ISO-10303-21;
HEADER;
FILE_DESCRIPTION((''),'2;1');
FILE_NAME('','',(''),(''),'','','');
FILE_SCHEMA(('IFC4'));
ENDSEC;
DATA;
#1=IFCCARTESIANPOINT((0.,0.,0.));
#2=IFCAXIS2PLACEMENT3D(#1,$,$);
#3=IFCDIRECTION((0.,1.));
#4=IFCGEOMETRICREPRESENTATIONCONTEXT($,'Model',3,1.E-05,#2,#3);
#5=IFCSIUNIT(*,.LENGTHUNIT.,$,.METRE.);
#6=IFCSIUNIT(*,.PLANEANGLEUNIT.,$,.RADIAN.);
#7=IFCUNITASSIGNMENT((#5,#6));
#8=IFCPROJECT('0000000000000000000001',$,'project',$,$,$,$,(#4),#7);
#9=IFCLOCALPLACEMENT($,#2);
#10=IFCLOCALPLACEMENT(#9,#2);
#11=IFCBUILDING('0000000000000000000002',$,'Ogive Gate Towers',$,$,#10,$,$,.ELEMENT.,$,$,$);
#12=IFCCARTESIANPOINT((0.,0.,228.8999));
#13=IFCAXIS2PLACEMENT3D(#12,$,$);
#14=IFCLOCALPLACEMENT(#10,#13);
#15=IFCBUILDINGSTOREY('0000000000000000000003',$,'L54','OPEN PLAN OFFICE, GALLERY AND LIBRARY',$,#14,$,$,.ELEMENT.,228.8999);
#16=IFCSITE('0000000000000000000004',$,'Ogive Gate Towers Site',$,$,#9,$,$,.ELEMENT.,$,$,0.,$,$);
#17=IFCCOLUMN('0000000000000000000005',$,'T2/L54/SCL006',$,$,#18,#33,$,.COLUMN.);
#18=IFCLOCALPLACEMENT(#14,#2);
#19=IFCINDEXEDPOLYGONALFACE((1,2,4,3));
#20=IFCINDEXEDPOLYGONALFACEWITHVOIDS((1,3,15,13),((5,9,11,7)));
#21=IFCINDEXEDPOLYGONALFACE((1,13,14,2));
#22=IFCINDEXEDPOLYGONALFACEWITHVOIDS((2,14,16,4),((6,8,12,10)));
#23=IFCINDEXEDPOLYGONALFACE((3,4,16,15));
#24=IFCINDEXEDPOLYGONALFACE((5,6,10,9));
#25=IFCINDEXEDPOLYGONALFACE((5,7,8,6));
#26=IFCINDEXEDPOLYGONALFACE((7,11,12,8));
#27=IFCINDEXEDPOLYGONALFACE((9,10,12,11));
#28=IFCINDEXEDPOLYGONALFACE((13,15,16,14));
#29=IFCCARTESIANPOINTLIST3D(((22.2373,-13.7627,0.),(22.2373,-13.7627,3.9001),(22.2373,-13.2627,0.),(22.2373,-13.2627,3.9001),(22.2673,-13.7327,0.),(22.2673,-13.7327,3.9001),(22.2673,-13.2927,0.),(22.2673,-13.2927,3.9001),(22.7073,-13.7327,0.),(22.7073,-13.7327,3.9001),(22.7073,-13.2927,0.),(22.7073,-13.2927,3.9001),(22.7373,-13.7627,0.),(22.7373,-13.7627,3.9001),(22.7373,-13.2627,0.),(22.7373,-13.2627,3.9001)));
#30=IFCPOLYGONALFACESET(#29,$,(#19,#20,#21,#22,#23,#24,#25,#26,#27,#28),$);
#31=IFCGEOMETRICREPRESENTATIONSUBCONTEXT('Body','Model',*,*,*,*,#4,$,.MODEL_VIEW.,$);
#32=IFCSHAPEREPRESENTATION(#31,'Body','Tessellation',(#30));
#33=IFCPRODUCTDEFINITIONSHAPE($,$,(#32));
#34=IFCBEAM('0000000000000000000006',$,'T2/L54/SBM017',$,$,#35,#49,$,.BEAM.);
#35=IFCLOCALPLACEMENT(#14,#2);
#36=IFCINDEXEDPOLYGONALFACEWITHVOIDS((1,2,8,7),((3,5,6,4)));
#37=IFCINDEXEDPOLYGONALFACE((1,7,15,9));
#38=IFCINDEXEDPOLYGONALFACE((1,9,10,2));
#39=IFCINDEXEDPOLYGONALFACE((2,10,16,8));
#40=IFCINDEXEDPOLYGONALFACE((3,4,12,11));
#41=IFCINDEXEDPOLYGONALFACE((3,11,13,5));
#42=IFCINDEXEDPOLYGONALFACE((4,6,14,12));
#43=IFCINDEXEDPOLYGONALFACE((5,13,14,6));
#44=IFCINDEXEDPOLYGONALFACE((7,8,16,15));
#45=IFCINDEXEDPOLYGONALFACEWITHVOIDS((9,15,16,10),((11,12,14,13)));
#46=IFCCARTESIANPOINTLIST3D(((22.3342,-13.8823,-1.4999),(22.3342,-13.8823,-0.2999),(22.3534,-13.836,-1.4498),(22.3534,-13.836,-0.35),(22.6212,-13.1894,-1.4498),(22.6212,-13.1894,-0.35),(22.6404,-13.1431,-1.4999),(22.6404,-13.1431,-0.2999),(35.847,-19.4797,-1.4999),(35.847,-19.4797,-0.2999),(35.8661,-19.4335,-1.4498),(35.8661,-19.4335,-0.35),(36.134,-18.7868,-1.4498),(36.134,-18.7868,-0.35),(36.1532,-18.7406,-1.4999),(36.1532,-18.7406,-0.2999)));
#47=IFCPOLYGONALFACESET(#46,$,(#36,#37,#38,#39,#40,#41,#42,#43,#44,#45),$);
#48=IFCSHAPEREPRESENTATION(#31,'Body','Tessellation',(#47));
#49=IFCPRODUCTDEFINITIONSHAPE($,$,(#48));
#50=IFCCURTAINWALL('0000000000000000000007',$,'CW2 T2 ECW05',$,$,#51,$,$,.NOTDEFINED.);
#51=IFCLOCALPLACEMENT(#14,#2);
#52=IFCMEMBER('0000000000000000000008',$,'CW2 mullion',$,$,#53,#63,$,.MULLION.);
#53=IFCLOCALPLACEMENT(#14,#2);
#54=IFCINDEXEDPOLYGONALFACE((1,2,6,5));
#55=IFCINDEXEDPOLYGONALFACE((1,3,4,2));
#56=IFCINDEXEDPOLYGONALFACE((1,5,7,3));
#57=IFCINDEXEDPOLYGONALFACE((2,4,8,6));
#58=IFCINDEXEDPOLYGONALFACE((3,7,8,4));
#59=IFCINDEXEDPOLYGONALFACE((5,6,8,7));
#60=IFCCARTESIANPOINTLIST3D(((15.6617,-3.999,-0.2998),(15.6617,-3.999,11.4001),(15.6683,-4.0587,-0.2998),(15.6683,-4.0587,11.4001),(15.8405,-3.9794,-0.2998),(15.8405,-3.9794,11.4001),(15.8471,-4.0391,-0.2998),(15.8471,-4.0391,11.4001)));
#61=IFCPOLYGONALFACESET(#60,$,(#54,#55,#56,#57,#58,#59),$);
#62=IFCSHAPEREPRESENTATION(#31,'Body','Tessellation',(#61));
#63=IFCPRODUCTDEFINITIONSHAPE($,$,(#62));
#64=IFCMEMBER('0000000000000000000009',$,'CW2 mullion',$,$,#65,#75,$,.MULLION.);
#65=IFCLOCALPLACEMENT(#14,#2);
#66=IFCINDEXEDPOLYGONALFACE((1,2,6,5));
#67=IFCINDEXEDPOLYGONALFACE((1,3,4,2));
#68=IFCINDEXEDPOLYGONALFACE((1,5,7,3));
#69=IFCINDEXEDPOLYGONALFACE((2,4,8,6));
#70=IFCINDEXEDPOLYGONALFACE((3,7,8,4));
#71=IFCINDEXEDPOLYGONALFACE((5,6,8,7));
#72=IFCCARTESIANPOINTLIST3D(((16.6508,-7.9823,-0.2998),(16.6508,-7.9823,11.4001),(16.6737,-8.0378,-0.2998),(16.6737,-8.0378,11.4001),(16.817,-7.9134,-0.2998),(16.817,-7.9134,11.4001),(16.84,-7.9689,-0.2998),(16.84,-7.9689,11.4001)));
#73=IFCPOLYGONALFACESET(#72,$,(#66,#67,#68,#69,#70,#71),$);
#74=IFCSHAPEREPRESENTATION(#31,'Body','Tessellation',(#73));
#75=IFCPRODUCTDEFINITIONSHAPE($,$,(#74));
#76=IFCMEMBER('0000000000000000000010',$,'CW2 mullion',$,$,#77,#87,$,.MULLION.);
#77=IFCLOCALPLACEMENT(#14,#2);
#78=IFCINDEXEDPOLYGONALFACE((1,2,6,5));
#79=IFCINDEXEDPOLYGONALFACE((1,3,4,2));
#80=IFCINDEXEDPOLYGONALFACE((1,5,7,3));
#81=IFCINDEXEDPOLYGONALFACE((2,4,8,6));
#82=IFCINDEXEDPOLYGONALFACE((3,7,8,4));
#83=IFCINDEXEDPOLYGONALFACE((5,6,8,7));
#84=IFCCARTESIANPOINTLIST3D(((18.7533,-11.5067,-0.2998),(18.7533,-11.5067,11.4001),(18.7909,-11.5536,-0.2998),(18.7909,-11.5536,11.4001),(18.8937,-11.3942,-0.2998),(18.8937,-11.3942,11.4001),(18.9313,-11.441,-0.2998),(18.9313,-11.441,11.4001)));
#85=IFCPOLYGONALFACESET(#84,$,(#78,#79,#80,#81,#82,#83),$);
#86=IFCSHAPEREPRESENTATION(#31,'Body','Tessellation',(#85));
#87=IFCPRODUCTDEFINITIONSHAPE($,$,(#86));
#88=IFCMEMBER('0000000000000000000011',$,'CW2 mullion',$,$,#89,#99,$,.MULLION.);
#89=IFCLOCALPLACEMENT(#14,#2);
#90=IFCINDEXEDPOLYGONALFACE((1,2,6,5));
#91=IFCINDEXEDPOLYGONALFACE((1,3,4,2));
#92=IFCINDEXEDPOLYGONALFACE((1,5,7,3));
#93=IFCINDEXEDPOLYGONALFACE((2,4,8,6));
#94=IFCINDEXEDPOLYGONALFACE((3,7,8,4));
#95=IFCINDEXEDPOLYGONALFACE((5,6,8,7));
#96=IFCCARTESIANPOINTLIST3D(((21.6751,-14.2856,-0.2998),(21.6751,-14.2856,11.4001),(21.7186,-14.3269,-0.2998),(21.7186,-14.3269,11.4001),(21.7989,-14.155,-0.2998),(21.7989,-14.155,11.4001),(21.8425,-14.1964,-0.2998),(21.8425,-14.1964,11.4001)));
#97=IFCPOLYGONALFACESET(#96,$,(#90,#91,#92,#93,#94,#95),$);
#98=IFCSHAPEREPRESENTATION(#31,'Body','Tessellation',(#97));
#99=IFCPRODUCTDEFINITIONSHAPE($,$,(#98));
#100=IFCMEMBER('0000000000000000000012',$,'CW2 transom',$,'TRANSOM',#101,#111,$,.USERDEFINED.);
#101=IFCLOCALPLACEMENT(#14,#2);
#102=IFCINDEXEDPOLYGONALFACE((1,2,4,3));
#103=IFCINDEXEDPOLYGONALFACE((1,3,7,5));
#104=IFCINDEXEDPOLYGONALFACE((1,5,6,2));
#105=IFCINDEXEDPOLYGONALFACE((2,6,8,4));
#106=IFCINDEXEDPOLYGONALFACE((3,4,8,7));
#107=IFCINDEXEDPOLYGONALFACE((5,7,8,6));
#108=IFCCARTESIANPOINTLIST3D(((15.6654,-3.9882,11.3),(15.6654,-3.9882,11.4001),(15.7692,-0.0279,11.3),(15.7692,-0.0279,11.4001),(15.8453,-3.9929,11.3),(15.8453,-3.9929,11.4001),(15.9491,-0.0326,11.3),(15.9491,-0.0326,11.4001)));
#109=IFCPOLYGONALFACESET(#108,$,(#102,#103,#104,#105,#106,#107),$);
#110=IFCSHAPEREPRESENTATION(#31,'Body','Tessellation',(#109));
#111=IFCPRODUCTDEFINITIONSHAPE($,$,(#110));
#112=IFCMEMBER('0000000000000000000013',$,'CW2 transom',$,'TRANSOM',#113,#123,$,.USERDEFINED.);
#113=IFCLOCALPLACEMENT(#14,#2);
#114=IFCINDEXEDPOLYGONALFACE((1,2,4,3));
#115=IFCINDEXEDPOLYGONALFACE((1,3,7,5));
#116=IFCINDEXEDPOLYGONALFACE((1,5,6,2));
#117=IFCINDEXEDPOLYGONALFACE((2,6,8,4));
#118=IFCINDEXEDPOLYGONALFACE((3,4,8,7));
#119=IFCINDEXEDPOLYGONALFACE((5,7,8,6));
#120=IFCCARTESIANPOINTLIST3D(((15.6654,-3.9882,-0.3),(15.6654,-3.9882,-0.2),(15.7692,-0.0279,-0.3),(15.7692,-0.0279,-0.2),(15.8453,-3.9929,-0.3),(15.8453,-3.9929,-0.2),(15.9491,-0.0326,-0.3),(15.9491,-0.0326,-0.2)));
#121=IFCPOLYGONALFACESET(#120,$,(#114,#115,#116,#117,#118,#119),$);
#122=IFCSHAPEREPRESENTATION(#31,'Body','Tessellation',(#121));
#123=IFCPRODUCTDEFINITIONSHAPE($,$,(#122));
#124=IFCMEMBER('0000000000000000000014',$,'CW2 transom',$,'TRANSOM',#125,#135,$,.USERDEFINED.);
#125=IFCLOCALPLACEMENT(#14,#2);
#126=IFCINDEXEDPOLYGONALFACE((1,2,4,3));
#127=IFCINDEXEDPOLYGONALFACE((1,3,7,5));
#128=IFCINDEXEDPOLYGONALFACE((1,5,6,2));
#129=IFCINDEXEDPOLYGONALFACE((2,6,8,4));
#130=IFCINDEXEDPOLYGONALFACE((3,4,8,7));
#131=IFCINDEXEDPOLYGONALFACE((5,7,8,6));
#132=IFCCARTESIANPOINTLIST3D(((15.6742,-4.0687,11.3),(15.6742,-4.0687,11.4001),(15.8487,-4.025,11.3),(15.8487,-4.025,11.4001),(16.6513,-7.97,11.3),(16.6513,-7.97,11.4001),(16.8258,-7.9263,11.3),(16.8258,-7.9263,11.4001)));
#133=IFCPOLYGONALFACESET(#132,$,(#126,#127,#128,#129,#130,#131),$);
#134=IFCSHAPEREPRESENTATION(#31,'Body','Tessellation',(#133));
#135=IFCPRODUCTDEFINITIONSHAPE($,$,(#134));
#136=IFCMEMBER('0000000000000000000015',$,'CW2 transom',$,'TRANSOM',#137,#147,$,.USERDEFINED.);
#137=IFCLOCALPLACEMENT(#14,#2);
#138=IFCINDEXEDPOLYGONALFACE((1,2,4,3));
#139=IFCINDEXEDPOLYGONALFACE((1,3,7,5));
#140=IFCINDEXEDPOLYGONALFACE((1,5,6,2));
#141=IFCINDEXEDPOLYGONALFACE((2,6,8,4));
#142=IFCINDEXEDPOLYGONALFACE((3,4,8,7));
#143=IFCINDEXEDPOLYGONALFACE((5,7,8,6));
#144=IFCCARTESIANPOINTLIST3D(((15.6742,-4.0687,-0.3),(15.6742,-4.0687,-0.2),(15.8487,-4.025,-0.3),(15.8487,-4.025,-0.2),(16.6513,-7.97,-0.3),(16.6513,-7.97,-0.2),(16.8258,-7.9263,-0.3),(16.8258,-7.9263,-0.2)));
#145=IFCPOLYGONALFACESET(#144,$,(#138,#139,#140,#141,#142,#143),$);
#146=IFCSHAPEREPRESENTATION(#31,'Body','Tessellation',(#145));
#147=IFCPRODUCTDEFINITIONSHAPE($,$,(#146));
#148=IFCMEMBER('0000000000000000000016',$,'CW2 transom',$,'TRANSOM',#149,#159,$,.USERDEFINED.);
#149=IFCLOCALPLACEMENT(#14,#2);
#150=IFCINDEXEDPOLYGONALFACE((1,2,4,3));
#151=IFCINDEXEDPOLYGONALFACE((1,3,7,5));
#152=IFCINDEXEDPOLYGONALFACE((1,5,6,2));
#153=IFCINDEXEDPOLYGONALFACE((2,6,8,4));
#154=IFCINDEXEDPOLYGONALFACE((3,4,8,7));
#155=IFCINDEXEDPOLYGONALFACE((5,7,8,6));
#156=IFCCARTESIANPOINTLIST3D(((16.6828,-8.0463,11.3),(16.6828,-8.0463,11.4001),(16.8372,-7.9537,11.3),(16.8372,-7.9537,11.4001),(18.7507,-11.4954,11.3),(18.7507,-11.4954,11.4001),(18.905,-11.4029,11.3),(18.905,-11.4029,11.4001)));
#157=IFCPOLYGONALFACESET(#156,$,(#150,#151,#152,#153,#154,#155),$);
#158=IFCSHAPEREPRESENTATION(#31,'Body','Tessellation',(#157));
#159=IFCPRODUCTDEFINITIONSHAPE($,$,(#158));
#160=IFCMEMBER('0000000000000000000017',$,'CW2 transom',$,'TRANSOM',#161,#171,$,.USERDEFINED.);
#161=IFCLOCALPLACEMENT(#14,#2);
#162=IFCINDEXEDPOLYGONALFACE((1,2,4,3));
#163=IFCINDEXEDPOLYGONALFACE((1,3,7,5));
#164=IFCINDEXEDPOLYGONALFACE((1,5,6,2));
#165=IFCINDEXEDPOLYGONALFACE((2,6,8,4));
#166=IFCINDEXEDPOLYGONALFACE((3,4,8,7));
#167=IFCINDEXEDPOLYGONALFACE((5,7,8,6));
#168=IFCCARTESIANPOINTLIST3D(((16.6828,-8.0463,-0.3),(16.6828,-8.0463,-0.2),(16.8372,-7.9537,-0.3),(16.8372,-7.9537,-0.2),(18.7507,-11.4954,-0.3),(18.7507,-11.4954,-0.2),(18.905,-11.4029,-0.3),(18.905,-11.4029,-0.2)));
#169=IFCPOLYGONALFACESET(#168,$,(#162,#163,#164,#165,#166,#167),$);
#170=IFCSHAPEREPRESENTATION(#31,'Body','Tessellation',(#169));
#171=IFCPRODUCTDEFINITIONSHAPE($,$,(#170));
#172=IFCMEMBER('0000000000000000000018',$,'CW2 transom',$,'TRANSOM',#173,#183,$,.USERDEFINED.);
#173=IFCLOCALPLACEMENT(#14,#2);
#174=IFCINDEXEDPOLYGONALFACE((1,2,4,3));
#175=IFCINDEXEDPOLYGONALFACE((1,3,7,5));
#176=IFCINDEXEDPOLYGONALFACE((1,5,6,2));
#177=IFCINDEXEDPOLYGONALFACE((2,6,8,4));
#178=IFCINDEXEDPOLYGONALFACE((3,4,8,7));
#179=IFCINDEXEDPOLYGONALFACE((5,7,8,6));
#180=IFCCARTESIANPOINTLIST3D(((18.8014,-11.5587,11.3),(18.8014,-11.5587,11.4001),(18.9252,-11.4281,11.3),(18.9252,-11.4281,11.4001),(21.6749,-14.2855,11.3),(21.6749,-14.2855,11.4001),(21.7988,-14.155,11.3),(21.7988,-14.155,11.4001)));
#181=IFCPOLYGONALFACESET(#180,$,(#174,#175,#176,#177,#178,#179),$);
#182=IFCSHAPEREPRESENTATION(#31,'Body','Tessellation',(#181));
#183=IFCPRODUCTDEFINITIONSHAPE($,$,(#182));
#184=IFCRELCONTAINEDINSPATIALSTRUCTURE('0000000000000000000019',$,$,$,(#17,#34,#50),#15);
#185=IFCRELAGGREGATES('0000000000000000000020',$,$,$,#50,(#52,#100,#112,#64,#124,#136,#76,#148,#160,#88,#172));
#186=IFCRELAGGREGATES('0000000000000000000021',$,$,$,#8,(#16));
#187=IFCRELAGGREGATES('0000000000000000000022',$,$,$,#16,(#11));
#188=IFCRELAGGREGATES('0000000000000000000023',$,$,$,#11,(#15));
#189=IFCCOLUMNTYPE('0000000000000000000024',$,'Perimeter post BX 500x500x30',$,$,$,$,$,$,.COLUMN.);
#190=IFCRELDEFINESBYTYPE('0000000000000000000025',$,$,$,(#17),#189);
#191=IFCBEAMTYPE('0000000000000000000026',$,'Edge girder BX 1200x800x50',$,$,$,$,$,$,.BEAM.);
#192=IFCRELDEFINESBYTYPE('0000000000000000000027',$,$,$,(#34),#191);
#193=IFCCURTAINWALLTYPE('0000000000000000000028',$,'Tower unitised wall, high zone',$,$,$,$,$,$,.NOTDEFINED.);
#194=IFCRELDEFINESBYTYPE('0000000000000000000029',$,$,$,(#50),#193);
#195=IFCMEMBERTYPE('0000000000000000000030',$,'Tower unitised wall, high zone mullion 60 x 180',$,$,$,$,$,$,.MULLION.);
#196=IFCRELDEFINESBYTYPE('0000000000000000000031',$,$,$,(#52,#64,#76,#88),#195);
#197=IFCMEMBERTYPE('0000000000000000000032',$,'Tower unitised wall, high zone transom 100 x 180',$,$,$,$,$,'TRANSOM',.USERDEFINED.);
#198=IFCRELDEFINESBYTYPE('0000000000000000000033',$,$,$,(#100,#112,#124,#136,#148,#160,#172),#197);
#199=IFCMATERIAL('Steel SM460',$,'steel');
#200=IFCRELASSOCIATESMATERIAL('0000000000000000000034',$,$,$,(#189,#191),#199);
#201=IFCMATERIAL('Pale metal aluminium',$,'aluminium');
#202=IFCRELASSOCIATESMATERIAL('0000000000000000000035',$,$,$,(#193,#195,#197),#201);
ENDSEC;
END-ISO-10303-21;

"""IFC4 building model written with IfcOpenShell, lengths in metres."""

from ifc_helpers import new_model, si_unit, direction, frame, origin, origin_2d, place, context, subcontext, project, spatial, rectangle, hollow_rectangle, extrude, material, material_profile, profile_set, type_object, element, aggregate, save


model = new_model("IFC4")

# Units and contexts
model_context = context("Model", 3, precision=1e-05, world=origin(), true_north=direction((0.0, 1.0)))
body_context = subcontext(model_context, "Body", "Model", "MODEL_VIEW")
ifc_project = project(units=[si_unit("LENGTHUNIT", "METRE"), si_unit("PLANEANGLEUNIT", "RADIAN")], contexts=[model_context])

# Site, building, storey
site_placement = place(None, origin())
site = spatial("IfcSite", under=ifc_project, at=site_placement, Name="Ogive Gate Towers Site", CompositionType="ELEMENT", RefElevation=0.0)
building_placement = place(site_placement, origin())
building = spatial("IfcBuilding", under=site, at=building_placement, Name="Ogive Gate Towers", CompositionType="ELEMENT")
storey_placement = place(building_placement, frame((0.0, 0.0, 228.8999)))
storey = spatial("IfcBuildingStorey", under=building, at=storey_placement, Name="L54", Description="OPEN PLAN OFFICE, GALLERY AND LIBRARY", CompositionType="ELEMENT", Elevation=228.8999)

# Column
ifc_material_1 = material(Name="Steel SM460", Category="steel")
ifc_material_profile_1 = material_profile(ifc_material_1, hollow_rectangle(XDim=0.5, YDim=0.5, WallThickness=0.03, at=origin_2d()), Name="BX 500x500x30")
ifc_profile_set_1 = profile_set([ifc_material_profile_1], Name="Steel SM460")
column_type = type_object("IfcColumnType", Name="Perimeter post BX 500x500x30", PredefinedType="COLUMN", material=ifc_profile_set_1)
column_placement = place(storey_placement, frame((22.4873, -13.5127, 0.0), z_axis=(0.0, 0.0, 1.0), x_axis=(1.0, 0.0, 0.0)))
element("IfcColumn", 1, at=column_placement, inside=storey, type_object=column_type, Name="T2/L54/SCL006", PredefinedType="COLUMN", context=body_context, shape_type="SweptSolid", body=[
    extrude(hollow_rectangle(XDim=0.5, YDim=0.5, WallThickness=0.03, at=origin_2d()), origin(), (0.0, 0.0, 1.0), 3.9001),
])

# Beam
ifc_material_profile_2 = material_profile(ifc_material_1, hollow_rectangle(XDim=0.8, YDim=1.2, WallThickness=0.05, at=origin_2d()), Name="BX 1200x800x50")
ifc_profile_set_2 = profile_set([ifc_material_profile_2], Name="Steel SM460")
beam_type = type_object("IfcBeamType", Name="Edge girder BX 1200x800x50", PredefinedType="BEAM", material=ifc_profile_set_2)
beam_placement = place(storey_placement, frame((22.4873, -13.5127, -0.8999), z_axis=(0.923873, -0.382699, 0.0), x_axis=(0.382699, 0.923873, 0.0)))
element("IfcBeam", 2, at=beam_placement, inside=storey, type_object=beam_type, Name="T2/L54/SBM017", PredefinedType="BEAM", context=body_context, shape_type="SweptSolid", body=[
    extrude(hollow_rectangle(XDim=0.8, YDim=1.2, WallThickness=0.05, at=origin_2d()), origin(), (0.0, 0.0, 1.0), 14.6262),
])

# Curtain wall, members
ifc_material_2 = material(Name="Pale metal aluminium", Category="aluminium")
curtain_wall_type = type_object("IfcCurtainWallType", Name="Tower unitised wall, high zone", PredefinedType="NOTDEFINED", material=ifc_material_2)
curtain_wall_1_placement = place(storey_placement, origin())
curtain_wall_1 = element("IfcCurtainWall", 3, at=curtain_wall_1_placement, inside=storey, type_object=curtain_wall_type, Name="CW2 T2 ECW05", PredefinedType="NOTDEFINED")
ifc_material_profile_3 = material_profile(ifc_material_2, rectangle(XDim=0.1799, YDim=0.0601, at=origin_2d()), Name="60 x 180 aluminium box")
ifc_profile_set_3 = profile_set([ifc_material_profile_3], Name="Pale metal aluminium")
member_type_1 = type_object("IfcMemberType", Name="Tower unitised wall, high zone mullion 60 x 180", PredefinedType="MULLION", material=ifc_profile_set_3)
member_1_placement = place(storey_placement, frame((15.7544, -4.019, -0.2998), z_axis=(0.0, 0.0, 1.0), x_axis=(-0.994001, -0.10937, 0.0)))
member_1 = element("IfcMember", 4, at=member_1_placement, type_object=member_type_1, Name="CW2 mullion", PredefinedType="MULLION", context=body_context, shape_type="SweptSolid", body=[
    extrude(rectangle(XDim=0.1799, YDim=0.0601, at=origin_2d()), origin(), (0.0, 0.0, 1.0), 11.7),
])
member_2_placement = place(storey_placement, frame((16.7454, -7.9756, -0.2998), z_axis=(0.0, 0.0, 1.0), x_axis=(-0.923873, -0.3827, 0.0)))
member_2 = element("IfcMember", 5, at=member_2_placement, type_object=member_type_1, Name="CW2 mullion", PredefinedType="MULLION", context=body_context, shape_type="SweptSolid", body=[
    extrude(rectangle(XDim=0.1799, YDim=0.0601, at=origin_2d()), origin(), (0.0, 0.0, 1.0), 11.7),
])
member_3_placement = place(storey_placement, frame((18.8423, -11.4739, -0.2998), z_axis=(0.0, 0.0, 1.0), x_axis=(-0.780201, -0.625529, 0.0)))
member_3 = element("IfcMember", 6, at=member_3_placement, type_object=member_type_1, Name="CW2 mullion", PredefinedType="MULLION", context=body_context, shape_type="SweptSolid", body=[
    extrude(rectangle(XDim=0.1799, YDim=0.0601, at=origin_2d()), origin(), (0.0, 0.0, 1.0), 11.7),
])
member_4_placement = place(storey_placement, frame((21.7588, -14.241, -0.2998), z_axis=(0.0, 0.0, 1.0), x_axis=(-0.688329, -0.725398, 0.0)))
member_4 = element("IfcMember", 7, at=member_4_placement, type_object=member_type_1, Name="CW2 mullion", PredefinedType="MULLION", context=body_context, shape_type="SweptSolid", body=[
    extrude(rectangle(XDim=0.1799, YDim=0.0601, at=origin_2d()), origin(), (0.0, 0.0, 1.0), 11.7),
])
ifc_material_profile_4 = material_profile(ifc_material_2, rectangle(XDim=0.1799, YDim=0.1001, at=origin_2d()), Name="100 x 180 aluminium box")
ifc_profile_set_4 = profile_set([ifc_material_profile_4], Name="Pale metal aluminium")
member_type_2 = type_object("IfcMemberType", Name="Tower unitised wall, high zone transom 100 x 180", ElementType="TRANSOM", PredefinedType="USERDEFINED", material=ifc_profile_set_4)
member_5_placement = place(storey_placement, frame((15.8591, -0.0303, 11.3501), z_axis=(-0.026192, -0.999657, 0.0), x_axis=(0.999657, -0.026192, 0.0)))
member_5 = element("IfcMember", 8, at=member_5_placement, type_object=member_type_2, Name="CW2 transom", ObjectType="TRANSOM", PredefinedType="USERDEFINED", context=body_context, shape_type="SweptSolid", body=[
    extrude(rectangle(XDim=0.1799, YDim=0.1001, at=origin_2d()), origin(), (0.0, 0.0, 1.0), 3.9617),
])
member_6_placement = place(storey_placement, frame((15.8591, -0.0303, -0.25), z_axis=(-0.026192, -0.999657, 0.0), x_axis=(0.999657, -0.026192, 0.0)))
member_6 = element("IfcMember", 9, at=member_6_placement, type_object=member_type_2, Name="CW2 transom", ObjectType="TRANSOM", PredefinedType="USERDEFINED", context=body_context, shape_type="SweptSolid", body=[
    extrude(rectangle(XDim=0.1799, YDim=0.1001, at=origin_2d()), origin(), (0.0, 0.0, 1.0), 3.9617),
])
member_7_placement = place(storey_placement, frame((15.7615, -4.0469, 11.3501), z_axis=(0.24295, -0.970039, 0.0), x_axis=(0.970039, 0.24295, 0.0)))
member_7 = element("IfcMember", 10, at=member_7_placement, type_object=member_type_2, Name="CW2 transom", ObjectType="TRANSOM", PredefinedType="USERDEFINED", context=body_context, shape_type="SweptSolid", body=[
    extrude(rectangle(XDim=0.1799, YDim=0.1001, at=origin_2d()), origin(), (0.0, 0.0, 1.0), 4.0217),
])
member_8_placement = place(storey_placement, frame((15.7615, -4.0469, -0.25), z_axis=(0.24295, -0.970039, 0.0), x_axis=(0.970039, 0.24295, 0.0)))
member_8 = element("IfcMember", 11, at=member_8_placement, type_object=member_type_2, Name="CW2 transom", ObjectType="TRANSOM", PredefinedType="USERDEFINED", context=body_context, shape_type="SweptSolid", body=[
    extrude(rectangle(XDim=0.1799, YDim=0.1001, at=origin_2d()), origin(), (0.0, 0.0, 1.0), 4.0217),
])
member_9_placement = place(storey_placement, frame((16.76, -8.0, 11.3501), z_axis=(0.514192, -0.857675, 0.0), x_axis=(0.857675, 0.514192, 0.0)))
member_9 = element("IfcMember", 12, at=member_9_placement, type_object=member_type_2, Name="CW2 transom", ObjectType="TRANSOM", PredefinedType="USERDEFINED", context=body_context, shape_type="SweptSolid", body=[
    extrude(rectangle(XDim=0.1799, YDim=0.1001, at=origin_2d()), origin(), (0.0, 0.0, 1.0), 4.0215),
])
member_10_placement = place(storey_placement, frame((16.76, -8.0, -0.25), z_axis=(0.514192, -0.857675, 0.0), x_axis=(0.857675, 0.514192, 0.0)))
member_10 = element("IfcMember", 13, at=member_10_placement, type_object=member_type_2, Name="CW2 transom", ObjectType="TRANSOM", PredefinedType="USERDEFINED", context=body_context, shape_type="SweptSolid", body=[
    extrude(rectangle(XDim=0.1799, YDim=0.1001, at=origin_2d()), origin(), (0.0, 0.0, 1.0), 4.0215),
])
member_11_placement = place(storey_placement, frame((18.8633, -11.4934, 11.3501), z_axis=(0.725384, -0.688344, 0.0), x_axis=(0.688344, 0.725384, 0.0)))
member_11 = element("IfcMember", 14, at=member_11_placement, type_object=member_type_2, Name="CW2 transom", ObjectType="TRANSOM", PredefinedType="USERDEFINED", context=body_context, shape_type="SweptSolid", body=[
    extrude(rectangle(XDim=0.1799, YDim=0.1001, at=origin_2d()), origin(), (0.0, 0.0, 1.0), 3.9614),
])

aggregate(curtain_wall_1, [member_1, member_5, member_6, member_2, member_7, member_8, member_3, member_9, member_10, member_4, member_11])

save(model, "model.ifc")
